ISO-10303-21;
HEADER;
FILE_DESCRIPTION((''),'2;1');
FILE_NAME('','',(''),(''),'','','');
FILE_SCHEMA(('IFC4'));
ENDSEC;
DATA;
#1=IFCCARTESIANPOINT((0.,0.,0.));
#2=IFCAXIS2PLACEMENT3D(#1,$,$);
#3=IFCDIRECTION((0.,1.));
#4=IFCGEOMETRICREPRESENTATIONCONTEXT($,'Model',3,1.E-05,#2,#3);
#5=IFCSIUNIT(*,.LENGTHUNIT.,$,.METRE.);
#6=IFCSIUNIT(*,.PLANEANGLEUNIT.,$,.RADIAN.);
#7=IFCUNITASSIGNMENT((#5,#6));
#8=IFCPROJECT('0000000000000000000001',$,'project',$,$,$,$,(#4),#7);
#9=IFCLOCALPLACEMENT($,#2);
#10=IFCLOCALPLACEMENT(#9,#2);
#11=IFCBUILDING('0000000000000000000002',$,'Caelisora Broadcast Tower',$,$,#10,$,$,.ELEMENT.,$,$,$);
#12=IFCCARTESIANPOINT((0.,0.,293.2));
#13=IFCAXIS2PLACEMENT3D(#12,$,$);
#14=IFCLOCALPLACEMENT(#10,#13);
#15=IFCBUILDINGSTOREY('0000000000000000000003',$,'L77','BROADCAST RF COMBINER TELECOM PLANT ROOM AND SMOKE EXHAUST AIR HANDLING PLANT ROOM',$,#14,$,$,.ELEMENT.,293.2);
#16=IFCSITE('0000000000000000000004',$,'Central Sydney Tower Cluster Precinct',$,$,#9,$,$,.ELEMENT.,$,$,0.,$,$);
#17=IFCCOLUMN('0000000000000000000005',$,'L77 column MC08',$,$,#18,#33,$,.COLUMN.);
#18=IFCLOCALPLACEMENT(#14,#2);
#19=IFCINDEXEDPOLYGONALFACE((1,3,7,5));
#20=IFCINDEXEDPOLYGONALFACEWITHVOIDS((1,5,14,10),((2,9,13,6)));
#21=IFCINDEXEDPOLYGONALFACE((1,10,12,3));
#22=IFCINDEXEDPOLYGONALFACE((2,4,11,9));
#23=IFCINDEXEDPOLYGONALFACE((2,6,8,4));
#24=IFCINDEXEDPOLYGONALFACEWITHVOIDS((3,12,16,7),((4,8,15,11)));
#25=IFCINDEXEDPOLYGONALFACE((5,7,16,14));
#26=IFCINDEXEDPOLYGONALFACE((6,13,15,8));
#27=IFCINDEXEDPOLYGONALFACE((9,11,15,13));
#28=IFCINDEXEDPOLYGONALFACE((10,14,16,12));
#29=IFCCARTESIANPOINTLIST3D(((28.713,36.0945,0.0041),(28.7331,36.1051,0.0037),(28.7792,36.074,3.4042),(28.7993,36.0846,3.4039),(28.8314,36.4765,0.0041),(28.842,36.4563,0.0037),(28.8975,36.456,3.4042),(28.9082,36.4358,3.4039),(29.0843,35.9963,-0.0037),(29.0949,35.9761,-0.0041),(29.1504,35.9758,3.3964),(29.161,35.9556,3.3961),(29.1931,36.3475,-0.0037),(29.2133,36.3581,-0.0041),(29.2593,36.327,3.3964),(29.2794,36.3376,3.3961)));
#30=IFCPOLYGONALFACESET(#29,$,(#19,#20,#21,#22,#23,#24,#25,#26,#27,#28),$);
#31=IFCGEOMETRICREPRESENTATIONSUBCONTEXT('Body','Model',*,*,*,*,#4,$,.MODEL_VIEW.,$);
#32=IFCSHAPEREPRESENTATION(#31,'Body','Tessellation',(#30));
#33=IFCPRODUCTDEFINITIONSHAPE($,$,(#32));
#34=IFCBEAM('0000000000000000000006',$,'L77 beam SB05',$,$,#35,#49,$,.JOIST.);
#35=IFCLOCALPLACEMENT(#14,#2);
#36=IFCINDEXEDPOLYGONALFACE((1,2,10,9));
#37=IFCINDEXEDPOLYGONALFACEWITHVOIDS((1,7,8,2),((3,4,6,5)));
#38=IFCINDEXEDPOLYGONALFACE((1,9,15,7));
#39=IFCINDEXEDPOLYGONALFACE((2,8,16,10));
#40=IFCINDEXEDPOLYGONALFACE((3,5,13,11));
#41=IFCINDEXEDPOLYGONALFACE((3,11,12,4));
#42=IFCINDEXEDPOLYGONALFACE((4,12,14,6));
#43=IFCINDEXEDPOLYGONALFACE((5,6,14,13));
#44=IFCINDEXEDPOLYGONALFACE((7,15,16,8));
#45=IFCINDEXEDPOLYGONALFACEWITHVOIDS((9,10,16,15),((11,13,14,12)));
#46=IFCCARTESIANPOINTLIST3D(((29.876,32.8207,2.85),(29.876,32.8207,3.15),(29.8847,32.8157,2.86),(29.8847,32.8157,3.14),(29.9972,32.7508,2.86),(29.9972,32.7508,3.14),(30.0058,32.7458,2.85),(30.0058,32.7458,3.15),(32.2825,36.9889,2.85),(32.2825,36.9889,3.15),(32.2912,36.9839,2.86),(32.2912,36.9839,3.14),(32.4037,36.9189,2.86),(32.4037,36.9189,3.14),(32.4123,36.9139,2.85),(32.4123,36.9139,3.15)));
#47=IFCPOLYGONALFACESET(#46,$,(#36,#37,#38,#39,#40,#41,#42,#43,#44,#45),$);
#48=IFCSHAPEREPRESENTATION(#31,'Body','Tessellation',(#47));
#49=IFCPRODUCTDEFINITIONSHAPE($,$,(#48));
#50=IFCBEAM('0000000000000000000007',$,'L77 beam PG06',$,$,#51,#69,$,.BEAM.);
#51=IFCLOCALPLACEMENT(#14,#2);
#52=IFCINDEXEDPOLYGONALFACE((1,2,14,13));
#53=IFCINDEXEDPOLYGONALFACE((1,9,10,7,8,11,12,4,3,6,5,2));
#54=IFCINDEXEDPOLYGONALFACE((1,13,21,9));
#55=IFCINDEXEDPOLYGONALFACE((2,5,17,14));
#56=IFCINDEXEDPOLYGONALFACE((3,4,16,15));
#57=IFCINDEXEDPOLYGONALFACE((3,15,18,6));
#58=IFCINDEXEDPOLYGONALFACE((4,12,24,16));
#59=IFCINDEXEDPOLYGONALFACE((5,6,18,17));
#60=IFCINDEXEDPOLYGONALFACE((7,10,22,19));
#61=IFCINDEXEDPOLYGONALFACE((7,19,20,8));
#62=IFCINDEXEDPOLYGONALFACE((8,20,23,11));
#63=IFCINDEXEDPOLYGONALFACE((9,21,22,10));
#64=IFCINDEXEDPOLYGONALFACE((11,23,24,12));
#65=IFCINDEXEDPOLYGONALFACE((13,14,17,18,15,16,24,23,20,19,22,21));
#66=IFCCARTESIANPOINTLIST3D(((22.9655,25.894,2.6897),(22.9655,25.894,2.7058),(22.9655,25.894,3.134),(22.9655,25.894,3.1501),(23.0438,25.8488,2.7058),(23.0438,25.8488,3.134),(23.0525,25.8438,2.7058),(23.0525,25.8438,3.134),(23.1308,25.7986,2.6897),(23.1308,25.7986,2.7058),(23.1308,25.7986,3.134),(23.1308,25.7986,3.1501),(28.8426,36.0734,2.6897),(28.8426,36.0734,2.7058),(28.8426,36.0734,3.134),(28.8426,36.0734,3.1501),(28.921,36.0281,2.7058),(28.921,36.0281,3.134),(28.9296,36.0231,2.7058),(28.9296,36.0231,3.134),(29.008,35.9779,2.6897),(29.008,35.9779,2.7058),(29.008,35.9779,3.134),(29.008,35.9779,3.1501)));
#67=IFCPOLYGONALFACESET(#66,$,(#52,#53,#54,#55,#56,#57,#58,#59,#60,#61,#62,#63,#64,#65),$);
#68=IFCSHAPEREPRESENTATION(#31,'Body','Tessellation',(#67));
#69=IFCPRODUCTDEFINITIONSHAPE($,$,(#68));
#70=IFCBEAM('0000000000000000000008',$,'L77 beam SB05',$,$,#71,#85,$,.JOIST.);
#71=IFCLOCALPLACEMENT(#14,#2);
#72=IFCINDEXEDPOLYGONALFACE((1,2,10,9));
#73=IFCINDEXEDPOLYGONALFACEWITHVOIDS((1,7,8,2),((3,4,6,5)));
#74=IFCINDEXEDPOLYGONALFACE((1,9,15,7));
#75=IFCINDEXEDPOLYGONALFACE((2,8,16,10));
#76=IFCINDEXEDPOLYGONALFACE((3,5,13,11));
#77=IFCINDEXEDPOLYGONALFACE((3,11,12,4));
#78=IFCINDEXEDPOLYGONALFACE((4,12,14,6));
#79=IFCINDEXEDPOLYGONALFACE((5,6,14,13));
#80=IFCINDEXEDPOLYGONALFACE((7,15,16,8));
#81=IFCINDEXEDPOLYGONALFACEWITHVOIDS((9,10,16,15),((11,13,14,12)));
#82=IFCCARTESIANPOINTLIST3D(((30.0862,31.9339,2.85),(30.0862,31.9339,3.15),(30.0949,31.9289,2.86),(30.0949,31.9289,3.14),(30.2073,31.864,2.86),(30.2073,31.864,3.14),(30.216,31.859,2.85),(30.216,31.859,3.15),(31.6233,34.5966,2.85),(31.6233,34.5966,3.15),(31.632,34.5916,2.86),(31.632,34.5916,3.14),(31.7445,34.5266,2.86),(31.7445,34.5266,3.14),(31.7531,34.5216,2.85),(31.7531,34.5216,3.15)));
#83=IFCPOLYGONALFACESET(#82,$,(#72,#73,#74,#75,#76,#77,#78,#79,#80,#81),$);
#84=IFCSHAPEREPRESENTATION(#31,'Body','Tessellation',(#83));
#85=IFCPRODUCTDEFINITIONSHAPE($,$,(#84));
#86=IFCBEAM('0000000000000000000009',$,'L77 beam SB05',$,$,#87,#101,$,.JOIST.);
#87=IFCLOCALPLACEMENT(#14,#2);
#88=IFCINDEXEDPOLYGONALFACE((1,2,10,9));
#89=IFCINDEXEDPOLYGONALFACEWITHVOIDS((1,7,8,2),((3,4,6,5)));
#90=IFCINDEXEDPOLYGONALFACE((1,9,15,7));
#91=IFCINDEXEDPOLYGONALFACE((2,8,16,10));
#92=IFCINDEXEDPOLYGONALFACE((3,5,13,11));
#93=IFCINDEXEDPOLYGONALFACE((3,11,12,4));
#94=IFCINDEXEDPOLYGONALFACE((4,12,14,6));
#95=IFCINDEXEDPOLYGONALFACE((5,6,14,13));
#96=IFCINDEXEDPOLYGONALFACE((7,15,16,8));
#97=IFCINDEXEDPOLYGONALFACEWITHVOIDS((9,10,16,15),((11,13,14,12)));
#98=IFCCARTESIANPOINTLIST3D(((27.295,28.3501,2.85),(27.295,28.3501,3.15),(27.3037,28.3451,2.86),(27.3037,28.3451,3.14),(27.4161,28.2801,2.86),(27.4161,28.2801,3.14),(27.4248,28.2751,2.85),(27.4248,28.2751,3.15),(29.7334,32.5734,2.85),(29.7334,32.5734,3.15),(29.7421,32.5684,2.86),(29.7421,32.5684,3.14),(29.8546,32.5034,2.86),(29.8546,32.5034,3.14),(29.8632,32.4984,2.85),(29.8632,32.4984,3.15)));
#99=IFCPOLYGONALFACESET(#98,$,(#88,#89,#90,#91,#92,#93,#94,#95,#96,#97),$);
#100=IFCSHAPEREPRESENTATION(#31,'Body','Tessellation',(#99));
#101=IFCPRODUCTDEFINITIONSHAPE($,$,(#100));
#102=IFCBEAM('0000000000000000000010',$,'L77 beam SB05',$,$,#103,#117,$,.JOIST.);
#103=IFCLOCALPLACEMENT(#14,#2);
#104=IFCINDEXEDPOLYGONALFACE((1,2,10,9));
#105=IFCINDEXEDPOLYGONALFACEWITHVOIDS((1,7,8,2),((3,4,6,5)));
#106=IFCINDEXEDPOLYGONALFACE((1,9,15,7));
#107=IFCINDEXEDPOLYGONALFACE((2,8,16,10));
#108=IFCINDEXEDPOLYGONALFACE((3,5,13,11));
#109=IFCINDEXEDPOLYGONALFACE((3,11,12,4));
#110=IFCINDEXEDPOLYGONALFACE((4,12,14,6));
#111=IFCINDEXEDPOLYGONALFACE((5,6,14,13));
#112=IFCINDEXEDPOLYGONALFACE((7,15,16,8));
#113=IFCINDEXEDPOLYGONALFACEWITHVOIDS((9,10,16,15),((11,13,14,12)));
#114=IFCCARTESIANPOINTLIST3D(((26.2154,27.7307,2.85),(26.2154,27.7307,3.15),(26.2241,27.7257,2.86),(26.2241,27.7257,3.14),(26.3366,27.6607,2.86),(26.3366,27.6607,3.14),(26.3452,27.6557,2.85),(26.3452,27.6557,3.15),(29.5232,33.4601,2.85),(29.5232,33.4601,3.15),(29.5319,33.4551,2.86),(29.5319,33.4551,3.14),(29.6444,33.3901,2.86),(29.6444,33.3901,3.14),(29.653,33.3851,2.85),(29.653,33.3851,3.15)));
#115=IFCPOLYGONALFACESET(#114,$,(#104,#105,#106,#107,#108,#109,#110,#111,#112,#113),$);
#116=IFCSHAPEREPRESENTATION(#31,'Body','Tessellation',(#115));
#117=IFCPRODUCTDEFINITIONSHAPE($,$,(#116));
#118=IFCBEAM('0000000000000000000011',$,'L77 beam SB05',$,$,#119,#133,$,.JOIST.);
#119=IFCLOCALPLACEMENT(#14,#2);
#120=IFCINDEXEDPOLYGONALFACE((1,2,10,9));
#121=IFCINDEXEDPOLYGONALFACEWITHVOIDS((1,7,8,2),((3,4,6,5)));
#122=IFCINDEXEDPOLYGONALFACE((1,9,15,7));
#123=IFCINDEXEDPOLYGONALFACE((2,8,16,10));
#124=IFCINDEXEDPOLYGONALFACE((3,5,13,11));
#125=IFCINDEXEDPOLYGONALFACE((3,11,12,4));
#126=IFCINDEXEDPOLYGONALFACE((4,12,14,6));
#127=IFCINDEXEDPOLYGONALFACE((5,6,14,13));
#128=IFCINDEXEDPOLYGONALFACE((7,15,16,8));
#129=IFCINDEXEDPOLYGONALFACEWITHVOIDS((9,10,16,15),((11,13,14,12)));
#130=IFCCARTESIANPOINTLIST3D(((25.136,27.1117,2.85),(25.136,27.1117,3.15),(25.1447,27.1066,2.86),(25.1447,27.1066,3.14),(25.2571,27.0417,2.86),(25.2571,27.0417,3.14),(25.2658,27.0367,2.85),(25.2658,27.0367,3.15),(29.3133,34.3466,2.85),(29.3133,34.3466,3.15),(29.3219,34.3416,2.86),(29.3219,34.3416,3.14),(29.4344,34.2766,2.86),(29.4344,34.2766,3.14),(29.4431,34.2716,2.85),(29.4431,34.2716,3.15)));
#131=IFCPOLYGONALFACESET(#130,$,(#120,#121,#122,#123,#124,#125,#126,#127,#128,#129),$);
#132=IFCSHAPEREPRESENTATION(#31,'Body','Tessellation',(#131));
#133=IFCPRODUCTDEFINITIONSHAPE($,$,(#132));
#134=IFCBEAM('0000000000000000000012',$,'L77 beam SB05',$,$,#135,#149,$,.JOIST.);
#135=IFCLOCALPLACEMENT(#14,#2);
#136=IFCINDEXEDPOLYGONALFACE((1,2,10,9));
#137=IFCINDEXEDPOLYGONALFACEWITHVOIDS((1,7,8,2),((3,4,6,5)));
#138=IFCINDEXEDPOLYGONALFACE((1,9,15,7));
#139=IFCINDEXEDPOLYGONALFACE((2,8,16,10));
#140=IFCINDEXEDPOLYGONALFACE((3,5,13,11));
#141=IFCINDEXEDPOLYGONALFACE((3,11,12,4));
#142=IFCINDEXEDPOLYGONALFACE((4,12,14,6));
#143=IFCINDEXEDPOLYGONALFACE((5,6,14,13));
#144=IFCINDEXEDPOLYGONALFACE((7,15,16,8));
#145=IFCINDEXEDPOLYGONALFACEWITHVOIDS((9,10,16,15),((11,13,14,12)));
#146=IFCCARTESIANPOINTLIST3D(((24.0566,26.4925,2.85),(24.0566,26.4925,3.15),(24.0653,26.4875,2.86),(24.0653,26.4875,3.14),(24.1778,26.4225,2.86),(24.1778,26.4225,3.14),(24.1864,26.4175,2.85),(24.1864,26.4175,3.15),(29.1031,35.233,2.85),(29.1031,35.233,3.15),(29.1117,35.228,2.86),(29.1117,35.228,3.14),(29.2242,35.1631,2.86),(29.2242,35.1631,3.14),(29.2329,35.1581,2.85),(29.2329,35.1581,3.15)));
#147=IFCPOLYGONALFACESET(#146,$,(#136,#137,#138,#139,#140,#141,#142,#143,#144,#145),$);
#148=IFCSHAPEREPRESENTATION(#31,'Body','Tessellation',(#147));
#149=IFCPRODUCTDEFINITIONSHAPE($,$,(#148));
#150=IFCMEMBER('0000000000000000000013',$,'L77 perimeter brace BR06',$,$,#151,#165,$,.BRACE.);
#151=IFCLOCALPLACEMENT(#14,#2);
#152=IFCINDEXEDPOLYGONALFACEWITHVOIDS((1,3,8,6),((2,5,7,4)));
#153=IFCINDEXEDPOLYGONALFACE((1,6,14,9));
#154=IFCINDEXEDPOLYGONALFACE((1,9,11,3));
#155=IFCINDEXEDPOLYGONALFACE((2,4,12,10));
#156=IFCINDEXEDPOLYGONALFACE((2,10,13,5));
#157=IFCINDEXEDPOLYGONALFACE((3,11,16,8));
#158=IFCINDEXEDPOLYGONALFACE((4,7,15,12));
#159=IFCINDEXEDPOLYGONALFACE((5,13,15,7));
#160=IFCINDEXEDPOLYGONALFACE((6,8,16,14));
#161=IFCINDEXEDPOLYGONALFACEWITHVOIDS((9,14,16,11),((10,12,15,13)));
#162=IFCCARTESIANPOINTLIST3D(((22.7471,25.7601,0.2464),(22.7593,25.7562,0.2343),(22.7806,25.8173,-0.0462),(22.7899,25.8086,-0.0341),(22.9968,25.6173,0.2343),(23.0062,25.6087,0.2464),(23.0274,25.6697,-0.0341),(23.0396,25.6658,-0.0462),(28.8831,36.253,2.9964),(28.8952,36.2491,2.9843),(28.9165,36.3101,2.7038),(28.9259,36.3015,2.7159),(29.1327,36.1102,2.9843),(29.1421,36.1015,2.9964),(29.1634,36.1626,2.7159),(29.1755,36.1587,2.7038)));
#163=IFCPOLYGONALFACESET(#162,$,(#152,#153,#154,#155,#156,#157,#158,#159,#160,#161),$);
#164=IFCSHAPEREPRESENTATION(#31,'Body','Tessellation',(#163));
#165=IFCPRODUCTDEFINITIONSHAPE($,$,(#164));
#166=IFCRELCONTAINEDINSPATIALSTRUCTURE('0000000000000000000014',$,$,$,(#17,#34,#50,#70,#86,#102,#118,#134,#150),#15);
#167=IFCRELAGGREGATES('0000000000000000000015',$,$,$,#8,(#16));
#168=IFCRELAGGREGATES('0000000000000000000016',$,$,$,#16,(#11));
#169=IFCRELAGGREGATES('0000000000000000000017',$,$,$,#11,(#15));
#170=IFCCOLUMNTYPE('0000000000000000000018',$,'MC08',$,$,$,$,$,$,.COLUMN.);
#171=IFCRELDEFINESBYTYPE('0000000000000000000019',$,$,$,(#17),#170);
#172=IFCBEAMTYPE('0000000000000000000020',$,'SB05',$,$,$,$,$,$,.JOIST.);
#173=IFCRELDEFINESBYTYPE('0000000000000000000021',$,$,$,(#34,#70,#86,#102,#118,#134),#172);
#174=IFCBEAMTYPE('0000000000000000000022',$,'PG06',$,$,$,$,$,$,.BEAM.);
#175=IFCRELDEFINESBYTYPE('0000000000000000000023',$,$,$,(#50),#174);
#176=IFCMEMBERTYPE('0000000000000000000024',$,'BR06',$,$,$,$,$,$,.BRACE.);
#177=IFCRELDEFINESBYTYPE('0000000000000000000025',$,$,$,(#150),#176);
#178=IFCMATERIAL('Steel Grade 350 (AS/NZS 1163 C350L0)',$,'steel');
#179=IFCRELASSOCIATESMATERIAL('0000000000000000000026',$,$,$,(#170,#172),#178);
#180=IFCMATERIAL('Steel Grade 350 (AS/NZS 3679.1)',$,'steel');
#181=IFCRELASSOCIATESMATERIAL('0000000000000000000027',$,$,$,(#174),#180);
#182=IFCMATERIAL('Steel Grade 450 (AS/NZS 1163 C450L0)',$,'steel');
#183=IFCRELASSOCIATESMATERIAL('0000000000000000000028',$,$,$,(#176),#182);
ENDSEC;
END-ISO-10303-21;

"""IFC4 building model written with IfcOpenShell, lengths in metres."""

from ifc_helpers import new_model, si_unit, direction, frame, origin, origin_2d, place, context, subcontext, project, spatial, hollow_rectangle, i_section, extrude, source, transform, mapped, material, material_profile, profile_set, type_object, type_shapes, element, save


model = new_model("IFC4")

# Units and contexts
model_context = context("Model", 3, precision=1e-05, world=origin(), true_north=direction((0.0, 1.0)))
body_context = subcontext(model_context, "Body", "Model", "MODEL_VIEW")
ifc_project = project(units=[si_unit("LENGTHUNIT", "METRE"), si_unit("PLANEANGLEUNIT", "RADIAN")], contexts=[model_context])

# Site, building, storey
site_placement = place(None, origin())
site = spatial("IfcSite", under=ifc_project, at=site_placement, Name="Central Sydney Tower Cluster Precinct", CompositionType="ELEMENT", RefElevation=0.0)
building_placement = place(site_placement, origin())
building = spatial("IfcBuilding", under=site, at=building_placement, Name="Caelisora Broadcast Tower", CompositionType="ELEMENT")
storey_placement = place(building_placement, frame((0.0, 0.0, 293.2)))
storey = spatial("IfcBuildingStorey", under=building, at=storey_placement, Name="L77", Description="BROADCAST RF COMBINER TELECOM PLANT ROOM AND SMOKE EXHAUST AIR HANDLING PLANT ROOM", CompositionType="ELEMENT", Elevation=293.2)

# Column
ifc_material_1 = material(Name="Steel Grade 350 (AS/NZS 1163 C350L0)", Category="steel")
ifc_material_profile_1 = material_profile(ifc_material_1, hollow_rectangle(XDim=0.3999, YDim=0.3999, WallThickness=0.0161, at=origin_2d()), Name="Steel Grade 350 (AS/NZS 1163 C350L0)")
ifc_profile_set_1 = profile_set([ifc_material_profile_1], Name="Steel Grade 350 (AS/NZS 1163 C350L0)")
column_type = type_object("IfcColumnType", Name="MC08", PredefinedType="COLUMN", material=ifc_profile_set_1)
shared_shape_1 = source(origin(), body_context, "Body", "SweptSolid", [
    extrude(hollow_rectangle(XDim=0.3999, YDim=0.3999, WallThickness=0.0161, at=origin_2d()), origin(), (0.0, 0.0, 1.0), 3.4009),
])
type_shapes(column_type, [shared_shape_1])
column_placement = place(storey_placement, frame((28.9631, 36.2263, 0.0), z_axis=(0.019455, -0.00603, 0.999793), x_axis=(0.296067, 0.955167, 0.0)))
element("IfcColumn", 1, at=column_placement, inside=storey, type_object=column_type, Name="L77 column MC08", PredefinedType="COLUMN", context=body_context, shape_type="MappedRepresentation", body=[
    mapped(shared_shape_1, transform((0.0, 0.0, 0.0), scale=1.0)),
])

# Beams
ifc_material_profile_2 = material_profile(ifc_material_1, hollow_rectangle(XDim=0.1499, YDim=0.3, WallThickness=0.01, at=origin_2d()), Name="Steel Grade 350 (AS/NZS 1163 C350L0)")
ifc_profile_set_2 = profile_set([ifc_material_profile_2], Name="Steel Grade 350 (AS/NZS 1163 C350L0)")
beam_type_1 = type_object("IfcBeamType", Name="SB05", PredefinedType="JOIST", material=ifc_profile_set_2)
shared_shape_2 = source(origin(), body_context, "Body", "SweptSolid", [
    extrude(hollow_rectangle(XDim=0.1499, YDim=0.3, WallThickness=0.01, at=origin_2d()), origin(), (0.0, 0.0, 1.0), 4.813),
])
beam_1_placement = place(storey_placement, frame((32.3474, 36.9514, 3.0), z_axis=(-0.499996, -0.866028, 0.0), x_axis=(0.866028, -0.499996, 0.0)))
element("IfcBeam", 2, at=beam_1_placement, inside=storey, type_object=beam_type_1, Name="L77 beam SB05", PredefinedType="JOIST", context=body_context, shape_type="MappedRepresentation", body=[
    mapped(shared_shape_2, transform((0.0, 0.0, 0.0), scale=1.0)),
])
ifc_material_2 = material(Name="Steel Grade 350 (AS/NZS 3679.1)", Category="steel")
ifc_material_profile_3 = material_profile(ifc_material_2, i_section(OverallWidth=0.1909, OverallDepth=0.4604, WebThickness=0.01, FlangeThickness=0.0161, at=origin_2d()), Name="Steel Grade 350 (AS/NZS 3679.1)")
ifc_profile_set_3 = profile_set([ifc_material_profile_3], Name="Steel Grade 350 (AS/NZS 3679.1)")
beam_type_2 = type_object("IfcBeamType", Name="PG06", PredefinedType="BEAM", material=ifc_profile_set_3)
shared_shape_3 = source(origin(), body_context, "Body", "SweptSolid", [
    extrude(i_section(OverallWidth=0.1909, OverallDepth=0.4604, WebThickness=0.01, FlangeThickness=0.0161, at=origin_2d()), origin(), (0.0, 0.0, 1.0), 11.7542),
])
type_shapes(beam_type_2, [shared_shape_3])
beam_2_placement = place(storey_placement, frame((28.9253, 36.0256, 2.9199), z_axis=(-0.500006, -0.866022, 0.0), x_axis=(0.866022, -0.500006, 0.0)))
element("IfcBeam", 3, at=beam_2_placement, inside=storey, type_object=beam_type_2, Name="L77 beam PG06", PredefinedType="BEAM", context=body_context, shape_type="MappedRepresentation", body=[
    mapped(shared_shape_3, transform((0.0, 0.0, 0.0), scale=1.0)),
])
shared_shape_4 = source(origin(), body_context, "Body", "SweptSolid", [
    extrude(hollow_rectangle(XDim=0.1499, YDim=0.3, WallThickness=0.01, at=origin_2d()), origin(), (0.0, 0.0, 1.0), 3.0745),
])
beam_3_placement = place(storey_placement, frame((31.6882, 34.5591, 3.0), z_axis=(-0.499965, -0.866045, 0.0), x_axis=(0.866045, -0.499965, 0.0)))
element("IfcBeam", 4, at=beam_3_placement, inside=storey, type_object=beam_type_1, Name="L77 beam SB05", PredefinedType="JOIST", context=body_context, shape_type="MappedRepresentation", body=[
    mapped(shared_shape_4, transform((0.0, 0.0, 0.0), scale=1.0)),
])
shared_shape_5 = source(origin(), body_context, "Body", "SweptSolid", [
    extrude(hollow_rectangle(XDim=0.1499, YDim=0.3, WallThickness=0.01, at=origin_2d()), origin(), (0.0, 0.0, 1.0), 4.8767),
])
beam_4_placement = place(storey_placement, frame((29.7983, 32.5359, 3.0), z_axis=(-0.500016, -0.866016, 0.0), x_axis=(0.866016, -0.500016, 0.0)))
element("IfcBeam", 5, at=beam_4_placement, inside=storey, type_object=beam_type_1, Name="L77 beam SB05", PredefinedType="JOIST", context=body_context, shape_type="MappedRepresentation", body=[
    mapped(shared_shape_5, transform((0.0, 0.0, 0.0), scale=1.0)),
])
shared_shape_6 = source(origin(), body_context, "Body", "SweptSolid", [
    extrude(hollow_rectangle(XDim=0.1499, YDim=0.3, WallThickness=0.01, at=origin_2d()), origin(), (0.0, 0.0, 1.0), 6.6157),
])
beam_5_placement = place(storey_placement, frame((29.5881, 33.4226, 3.0), z_axis=(-0.499993, -0.866029, 0.0), x_axis=(0.866029, -0.499993, 0.0)))
element("IfcBeam", 6, at=beam_5_placement, inside=storey, type_object=beam_type_1, Name="L77 beam SB05", PredefinedType="JOIST", context=body_context, shape_type="MappedRepresentation", body=[
    mapped(shared_shape_6, transform((0.0, 0.0, 0.0), scale=1.0)),
])
shared_shape_7 = source(origin(), body_context, "Body", "SweptSolid", [
    extrude(hollow_rectangle(XDim=0.1499, YDim=0.3, WallThickness=0.01, at=origin_2d()), origin(), (0.0, 0.0, 1.0), 8.3542),
])
beam_6_placement = place(storey_placement, frame((29.3782, 34.3091, 3.0), z_axis=(-0.500018, -0.866015, 0.0), x_axis=(0.866015, -0.500018, 0.0)))
element("IfcBeam", 7, at=beam_6_placement, inside=storey, type_object=beam_type_1, Name="L77 beam SB05", PredefinedType="JOIST", context=body_context, shape_type="MappedRepresentation", body=[
    mapped(shared_shape_7, transform((0.0, 0.0, 0.0), scale=1.0)),
])
shared_shape_8 = source(origin(), body_context, "Body", "SweptSolid", [
    extrude(hollow_rectangle(XDim=0.1499, YDim=0.3, WallThickness=0.01, at=origin_2d()), origin(), (0.0, 0.0, 1.0), 10.0928),
])
type_shapes(beam_type_1, [shared_shape_2, shared_shape_4, shared_shape_5, shared_shape_6, shared_shape_7, shared_shape_8])
beam_7_placement = place(storey_placement, frame((29.168, 35.1956, 3.0), z_axis=(-0.500005, -0.866022, 0.0), x_axis=(0.866022, -0.500005, 0.0)))
element("IfcBeam", 8, at=beam_7_placement, inside=storey, type_object=beam_type_1, Name="L77 beam SB05", PredefinedType="JOIST", context=body_context, shape_type="MappedRepresentation", body=[
    mapped(shared_shape_8, transform((0.0, 0.0, 0.0), scale=1.0)),
])

# Member
ifc_material_3 = material(Name="Steel Grade 450 (AS/NZS 1163 C450L0)", Category="steel")
ifc_material_profile_4 = material_profile(ifc_material_3, hollow_rectangle(XDim=0.3, YDim=0.3, WallThickness=0.0125, at=origin_2d()), Name="Steel Grade 450 (AS/NZS 1163 C450L0)")
ifc_profile_set_4 = profile_set([ifc_material_profile_4], Name="Steel Grade 450 (AS/NZS 1163 C450L0)")
member_type_1 = type_object("IfcMemberType", Name="BR06", PredefinedType="BRACE", material=ifc_profile_set_4)
shared_shape_9 = source(origin(), body_context, "Body", "SweptSolid", [
    extrude(hollow_rectangle(XDim=0.3, YDim=0.3, WallThickness=0.0125, at=origin_2d()), origin(), (0.0, 0.0, 1.0), 12.4624),
])
type_shapes(member_type_1, [shared_shape_9])
member_1_placement = place(storey_placement, frame((29.0293, 36.2058, 2.8501), z_axis=(-0.492356, -0.841959, -0.220662), x_axis=(0.863237, -0.504799, 0.0)))
element("IfcMember", 9, at=member_1_placement, inside=storey, type_object=member_type_1, Name="L77 perimeter brace BR06", PredefinedType="BRACE", context=body_context, shape_type="MappedRepresentation", body=[
    mapped(shared_shape_9, transform((0.0, 0.0, 0.0), scale=1.0)),
])

save(model, "model.ifc")
